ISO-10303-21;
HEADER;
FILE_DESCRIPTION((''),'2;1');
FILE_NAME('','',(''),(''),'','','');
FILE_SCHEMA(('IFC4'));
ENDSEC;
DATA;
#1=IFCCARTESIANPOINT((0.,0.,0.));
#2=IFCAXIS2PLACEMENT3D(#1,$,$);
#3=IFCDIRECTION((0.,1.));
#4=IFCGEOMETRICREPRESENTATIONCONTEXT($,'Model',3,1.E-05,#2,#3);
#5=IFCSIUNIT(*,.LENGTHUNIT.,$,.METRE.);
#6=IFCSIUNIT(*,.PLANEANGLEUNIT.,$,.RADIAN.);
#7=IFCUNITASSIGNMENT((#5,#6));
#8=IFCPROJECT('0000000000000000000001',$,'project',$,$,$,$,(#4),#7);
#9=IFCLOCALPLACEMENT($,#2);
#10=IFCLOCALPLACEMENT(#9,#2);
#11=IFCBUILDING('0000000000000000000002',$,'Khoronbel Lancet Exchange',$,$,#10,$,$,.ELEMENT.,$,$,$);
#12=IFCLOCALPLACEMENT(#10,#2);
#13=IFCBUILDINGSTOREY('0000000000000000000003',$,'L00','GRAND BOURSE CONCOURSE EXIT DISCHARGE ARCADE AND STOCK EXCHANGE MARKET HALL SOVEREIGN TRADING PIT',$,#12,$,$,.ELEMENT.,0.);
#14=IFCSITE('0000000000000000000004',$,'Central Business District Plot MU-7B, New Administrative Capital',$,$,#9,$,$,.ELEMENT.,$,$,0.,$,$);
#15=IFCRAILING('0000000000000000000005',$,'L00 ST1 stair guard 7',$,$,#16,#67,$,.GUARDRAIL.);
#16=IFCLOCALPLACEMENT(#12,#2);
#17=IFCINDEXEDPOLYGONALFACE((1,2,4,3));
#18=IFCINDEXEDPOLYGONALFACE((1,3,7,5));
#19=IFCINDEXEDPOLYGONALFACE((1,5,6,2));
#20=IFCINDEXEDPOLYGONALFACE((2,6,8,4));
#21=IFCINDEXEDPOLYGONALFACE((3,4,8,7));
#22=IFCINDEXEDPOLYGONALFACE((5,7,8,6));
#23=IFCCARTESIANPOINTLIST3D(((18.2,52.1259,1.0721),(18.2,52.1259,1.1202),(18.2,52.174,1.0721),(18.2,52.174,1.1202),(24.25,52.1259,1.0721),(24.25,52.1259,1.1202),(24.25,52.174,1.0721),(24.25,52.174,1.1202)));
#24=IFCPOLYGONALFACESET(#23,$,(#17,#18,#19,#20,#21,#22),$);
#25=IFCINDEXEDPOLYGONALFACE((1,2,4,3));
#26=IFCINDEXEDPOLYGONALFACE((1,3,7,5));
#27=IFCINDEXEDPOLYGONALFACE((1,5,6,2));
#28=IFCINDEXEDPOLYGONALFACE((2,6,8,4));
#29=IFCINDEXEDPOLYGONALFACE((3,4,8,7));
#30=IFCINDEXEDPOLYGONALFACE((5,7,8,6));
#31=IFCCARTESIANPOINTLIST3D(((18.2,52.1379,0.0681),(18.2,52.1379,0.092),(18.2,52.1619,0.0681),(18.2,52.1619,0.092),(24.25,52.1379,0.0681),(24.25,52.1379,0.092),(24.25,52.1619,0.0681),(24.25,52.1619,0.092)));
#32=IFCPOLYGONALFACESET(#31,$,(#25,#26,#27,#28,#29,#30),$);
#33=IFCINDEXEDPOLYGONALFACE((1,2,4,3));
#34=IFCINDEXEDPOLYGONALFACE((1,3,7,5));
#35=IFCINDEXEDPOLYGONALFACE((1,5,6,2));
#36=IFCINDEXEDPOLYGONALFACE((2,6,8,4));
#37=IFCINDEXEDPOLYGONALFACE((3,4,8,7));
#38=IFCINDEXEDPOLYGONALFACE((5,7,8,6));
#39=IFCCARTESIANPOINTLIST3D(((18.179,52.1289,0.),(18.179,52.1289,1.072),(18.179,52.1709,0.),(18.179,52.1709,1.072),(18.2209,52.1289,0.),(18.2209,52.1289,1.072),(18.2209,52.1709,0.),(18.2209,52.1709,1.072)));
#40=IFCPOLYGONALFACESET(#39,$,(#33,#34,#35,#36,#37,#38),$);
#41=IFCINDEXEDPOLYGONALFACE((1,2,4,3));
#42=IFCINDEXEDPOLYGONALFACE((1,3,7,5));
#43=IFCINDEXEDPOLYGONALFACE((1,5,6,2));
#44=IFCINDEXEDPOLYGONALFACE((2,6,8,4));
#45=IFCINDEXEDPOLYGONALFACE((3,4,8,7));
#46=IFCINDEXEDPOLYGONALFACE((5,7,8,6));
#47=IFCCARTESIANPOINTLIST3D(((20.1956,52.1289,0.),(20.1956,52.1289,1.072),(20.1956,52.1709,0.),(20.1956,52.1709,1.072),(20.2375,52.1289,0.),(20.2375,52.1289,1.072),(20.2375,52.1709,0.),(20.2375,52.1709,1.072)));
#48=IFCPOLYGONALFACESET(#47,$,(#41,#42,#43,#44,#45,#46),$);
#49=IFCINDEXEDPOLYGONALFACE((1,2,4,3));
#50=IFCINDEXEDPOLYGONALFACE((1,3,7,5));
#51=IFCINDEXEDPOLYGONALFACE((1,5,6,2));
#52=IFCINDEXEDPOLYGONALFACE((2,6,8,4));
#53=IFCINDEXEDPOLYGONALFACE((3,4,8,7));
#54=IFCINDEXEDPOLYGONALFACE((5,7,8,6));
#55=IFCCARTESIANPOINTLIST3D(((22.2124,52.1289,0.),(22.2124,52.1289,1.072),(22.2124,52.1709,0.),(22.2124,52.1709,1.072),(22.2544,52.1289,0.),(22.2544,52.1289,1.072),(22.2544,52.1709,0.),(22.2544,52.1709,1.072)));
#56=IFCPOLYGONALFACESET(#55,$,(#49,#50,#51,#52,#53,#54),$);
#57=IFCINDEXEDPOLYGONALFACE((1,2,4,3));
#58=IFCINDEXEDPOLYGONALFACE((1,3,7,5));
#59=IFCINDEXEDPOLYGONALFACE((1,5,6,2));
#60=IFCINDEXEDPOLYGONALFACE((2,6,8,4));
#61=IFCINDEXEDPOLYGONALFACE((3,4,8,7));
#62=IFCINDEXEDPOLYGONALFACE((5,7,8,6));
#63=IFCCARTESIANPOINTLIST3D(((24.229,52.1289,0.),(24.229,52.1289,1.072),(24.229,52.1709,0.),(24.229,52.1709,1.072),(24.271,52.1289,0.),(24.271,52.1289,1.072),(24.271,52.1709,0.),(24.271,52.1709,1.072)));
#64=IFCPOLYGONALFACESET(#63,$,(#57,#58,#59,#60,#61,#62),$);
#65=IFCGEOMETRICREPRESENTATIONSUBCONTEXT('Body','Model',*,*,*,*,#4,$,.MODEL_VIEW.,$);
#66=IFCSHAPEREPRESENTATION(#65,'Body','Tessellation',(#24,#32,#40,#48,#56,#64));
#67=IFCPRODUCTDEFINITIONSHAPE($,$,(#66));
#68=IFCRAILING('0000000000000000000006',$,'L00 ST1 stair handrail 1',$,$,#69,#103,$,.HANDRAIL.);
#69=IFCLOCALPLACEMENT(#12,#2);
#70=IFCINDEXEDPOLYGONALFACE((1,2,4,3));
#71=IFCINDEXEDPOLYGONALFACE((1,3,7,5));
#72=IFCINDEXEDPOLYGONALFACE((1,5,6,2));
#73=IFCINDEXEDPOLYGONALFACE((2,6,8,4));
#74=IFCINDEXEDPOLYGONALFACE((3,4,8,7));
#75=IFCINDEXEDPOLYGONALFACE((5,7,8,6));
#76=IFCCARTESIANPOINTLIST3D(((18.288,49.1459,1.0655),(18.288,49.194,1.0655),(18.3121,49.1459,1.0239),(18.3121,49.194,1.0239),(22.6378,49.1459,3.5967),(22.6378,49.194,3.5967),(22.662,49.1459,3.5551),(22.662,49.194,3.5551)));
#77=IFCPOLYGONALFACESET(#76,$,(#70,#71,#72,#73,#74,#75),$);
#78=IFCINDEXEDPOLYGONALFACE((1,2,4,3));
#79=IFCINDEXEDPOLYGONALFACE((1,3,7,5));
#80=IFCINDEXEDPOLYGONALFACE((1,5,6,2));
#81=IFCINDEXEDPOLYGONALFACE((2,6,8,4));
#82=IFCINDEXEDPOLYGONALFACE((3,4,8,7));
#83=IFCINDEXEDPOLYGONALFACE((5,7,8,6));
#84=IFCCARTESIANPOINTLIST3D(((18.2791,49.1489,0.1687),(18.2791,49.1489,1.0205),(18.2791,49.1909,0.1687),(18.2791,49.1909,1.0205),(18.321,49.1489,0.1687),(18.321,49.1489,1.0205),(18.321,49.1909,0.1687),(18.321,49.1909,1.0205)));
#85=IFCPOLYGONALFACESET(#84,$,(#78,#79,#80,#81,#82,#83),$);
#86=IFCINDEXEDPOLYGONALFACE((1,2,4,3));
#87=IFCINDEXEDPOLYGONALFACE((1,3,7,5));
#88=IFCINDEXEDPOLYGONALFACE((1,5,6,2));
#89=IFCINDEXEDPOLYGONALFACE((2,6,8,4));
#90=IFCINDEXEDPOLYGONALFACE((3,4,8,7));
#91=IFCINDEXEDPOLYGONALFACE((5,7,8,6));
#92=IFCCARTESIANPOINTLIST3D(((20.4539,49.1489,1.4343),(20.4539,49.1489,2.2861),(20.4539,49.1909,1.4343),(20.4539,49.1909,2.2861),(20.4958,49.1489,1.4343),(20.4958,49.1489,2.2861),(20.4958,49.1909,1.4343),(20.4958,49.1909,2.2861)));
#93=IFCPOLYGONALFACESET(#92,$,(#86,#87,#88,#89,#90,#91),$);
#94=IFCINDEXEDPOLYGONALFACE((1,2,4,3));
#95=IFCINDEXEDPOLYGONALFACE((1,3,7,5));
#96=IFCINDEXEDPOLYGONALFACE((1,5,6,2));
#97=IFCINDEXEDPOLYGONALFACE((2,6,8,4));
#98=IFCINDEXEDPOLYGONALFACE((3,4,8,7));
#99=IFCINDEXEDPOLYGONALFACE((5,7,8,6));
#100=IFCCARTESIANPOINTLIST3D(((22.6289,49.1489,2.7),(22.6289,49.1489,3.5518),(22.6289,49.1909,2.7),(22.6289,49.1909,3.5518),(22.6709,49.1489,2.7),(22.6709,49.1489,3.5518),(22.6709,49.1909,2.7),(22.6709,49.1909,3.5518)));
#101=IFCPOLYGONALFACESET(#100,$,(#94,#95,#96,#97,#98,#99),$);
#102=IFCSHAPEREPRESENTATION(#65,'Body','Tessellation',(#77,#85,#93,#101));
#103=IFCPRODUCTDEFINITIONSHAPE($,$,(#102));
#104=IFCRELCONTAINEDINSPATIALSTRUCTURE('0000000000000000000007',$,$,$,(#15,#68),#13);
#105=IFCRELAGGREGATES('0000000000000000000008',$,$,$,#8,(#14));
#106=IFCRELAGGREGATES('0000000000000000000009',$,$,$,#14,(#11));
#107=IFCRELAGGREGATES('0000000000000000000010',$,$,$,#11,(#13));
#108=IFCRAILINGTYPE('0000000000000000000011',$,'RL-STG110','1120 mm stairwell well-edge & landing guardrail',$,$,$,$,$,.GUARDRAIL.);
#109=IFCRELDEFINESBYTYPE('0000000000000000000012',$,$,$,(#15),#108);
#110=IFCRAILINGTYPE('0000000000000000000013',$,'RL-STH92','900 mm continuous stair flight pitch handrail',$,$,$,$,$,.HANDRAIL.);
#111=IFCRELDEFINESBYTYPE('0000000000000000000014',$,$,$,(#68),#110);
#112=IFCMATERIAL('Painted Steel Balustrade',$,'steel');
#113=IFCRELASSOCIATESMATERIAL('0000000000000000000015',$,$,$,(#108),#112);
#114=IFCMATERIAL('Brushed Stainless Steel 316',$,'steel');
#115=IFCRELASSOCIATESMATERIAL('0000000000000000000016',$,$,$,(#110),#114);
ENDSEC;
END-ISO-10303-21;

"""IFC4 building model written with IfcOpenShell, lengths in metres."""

from ifc_helpers import new_model, si_unit, direction, frame, origin, origin_2d, place, context, subcontext, project, spatial, rectangle, extrude, material, type_object, element, save


model = new_model("IFC4")

# Units and contexts
model_context = context("Model", 3, precision=1e-05, world=origin(), true_north=direction((0.0, 1.0)))
body_context = subcontext(model_context, "Body", "Model", "MODEL_VIEW")
ifc_project = project(units=[si_unit("LENGTHUNIT", "METRE"), si_unit("PLANEANGLEUNIT", "RADIAN")], contexts=[model_context])

# Site, building, storey
site_placement = place(None, origin())
site = spatial("IfcSite", under=ifc_project, at=site_placement, Name="Central Business District Plot MU-7B, New Administrative Capital", CompositionType="ELEMENT", RefElevation=0.0)
building_placement = place(site_placement, origin())
building = spatial("IfcBuilding", under=site, at=building_placement, Name="Khoronbel Lancet Exchange", CompositionType="ELEMENT")
storey_placement = place(building_placement, origin())
storey = spatial("IfcBuildingStorey", under=building, at=storey_placement, Name="L00", Description="GRAND BOURSE CONCOURSE EXIT DISCHARGE ARCADE AND STOCK EXCHANGE MARKET HALL SOVEREIGN TRADING PIT", CompositionType="ELEMENT", Elevation=0.0)

# Railings
ifc_material_1 = material(Name="Painted Steel Balustrade", Category="steel")
railing_type_1 = type_object("IfcRailingType", Name="RL-STG110", Description="1120 mm stairwell well-edge & landing guardrail", PredefinedType="GUARDRAIL", material=ifc_material_1)
railing_1_placement = place(storey_placement, frame((18.2, 52.1499, 0.0)))
element("IfcRailing", 1, at=railing_1_placement, inside=storey, type_object=railing_type_1, Name="L00 ST1 stair guard 7", PredefinedType="GUARDRAIL", context=body_context, shape_type="SweptSolid", body=[
    extrude(rectangle(XDim=0.0481, YDim=0.0481, at=origin_2d()), frame((0.0, 0.0, 1.0962), z_axis=(1.0, 0.0, 0.0), x_axis=(0.0, 1.0, 0.0)), (0.0, 0.0, 1.0), 6.05),
    extrude(rectangle(XDim=0.0239, YDim=0.0239, at=origin_2d()), frame((0.0, 0.0, 0.0801), z_axis=(1.0, 0.0, 0.0), x_axis=(0.0, 1.0, 0.0)), (0.0, 0.0, 1.0), 6.05),
    extrude(rectangle(XDim=0.042, YDim=0.042, at=origin_2d()), origin(), (0.0, 0.0, 1.0), 1.072),
    extrude(rectangle(XDim=0.042, YDim=0.042, at=origin_2d()), frame((2.0166, 0.0, 0.0)), (0.0, 0.0, 1.0), 1.072),
    extrude(rectangle(XDim=0.042, YDim=0.042, at=origin_2d()), frame((4.0334, 0.0, 0.0)), (0.0, 0.0, 1.0), 1.072),
    extrude(rectangle(XDim=0.042, YDim=0.042, at=origin_2d()), frame((6.05, 0.0, 0.0)), (0.0, 0.0, 1.0), 1.072),
])
ifc_material_2 = material(Name="Brushed Stainless Steel 316", Category="steel")
railing_type_2 = type_object("IfcRailingType", Name="RL-STH92", Description="900 mm continuous stair flight pitch handrail", PredefinedType="HANDRAIL", material=ifc_material_2)
railing_2_placement = place(storey_placement, frame((18.3, 49.1699, 0.1687)))
element("IfcRailing", 2, at=railing_2_placement, inside=storey, type_object=railing_type_2, Name="L00 ST1 stair handrail 1", PredefinedType="HANDRAIL", context=body_context, shape_type="SweptSolid", body=[
    extrude(rectangle(XDim=0.0481, YDim=0.0481, at=origin_2d()), frame((0.0, 0.0, 0.876), z_axis=(0.864312, 0.0, 0.502957), x_axis=(0.0, 1.0, 0.0)), (0.0, 0.0, 1.0), 5.0327),
    extrude(rectangle(XDim=0.042, YDim=0.042, at=origin_2d()), origin(), (0.0, 0.0, 1.0), 0.8518),
    extrude(rectangle(XDim=0.042, YDim=0.042, at=origin_2d()), frame((2.1748, 0.0, 1.2656)), (0.0, 0.0, 1.0), 0.8518),
    extrude(rectangle(XDim=0.042, YDim=0.042, at=origin_2d()), frame((4.3499, 0.0, 2.5312)), (0.0, 0.0, 1.0), 0.8518),
])

save(model, "model.ifc")
